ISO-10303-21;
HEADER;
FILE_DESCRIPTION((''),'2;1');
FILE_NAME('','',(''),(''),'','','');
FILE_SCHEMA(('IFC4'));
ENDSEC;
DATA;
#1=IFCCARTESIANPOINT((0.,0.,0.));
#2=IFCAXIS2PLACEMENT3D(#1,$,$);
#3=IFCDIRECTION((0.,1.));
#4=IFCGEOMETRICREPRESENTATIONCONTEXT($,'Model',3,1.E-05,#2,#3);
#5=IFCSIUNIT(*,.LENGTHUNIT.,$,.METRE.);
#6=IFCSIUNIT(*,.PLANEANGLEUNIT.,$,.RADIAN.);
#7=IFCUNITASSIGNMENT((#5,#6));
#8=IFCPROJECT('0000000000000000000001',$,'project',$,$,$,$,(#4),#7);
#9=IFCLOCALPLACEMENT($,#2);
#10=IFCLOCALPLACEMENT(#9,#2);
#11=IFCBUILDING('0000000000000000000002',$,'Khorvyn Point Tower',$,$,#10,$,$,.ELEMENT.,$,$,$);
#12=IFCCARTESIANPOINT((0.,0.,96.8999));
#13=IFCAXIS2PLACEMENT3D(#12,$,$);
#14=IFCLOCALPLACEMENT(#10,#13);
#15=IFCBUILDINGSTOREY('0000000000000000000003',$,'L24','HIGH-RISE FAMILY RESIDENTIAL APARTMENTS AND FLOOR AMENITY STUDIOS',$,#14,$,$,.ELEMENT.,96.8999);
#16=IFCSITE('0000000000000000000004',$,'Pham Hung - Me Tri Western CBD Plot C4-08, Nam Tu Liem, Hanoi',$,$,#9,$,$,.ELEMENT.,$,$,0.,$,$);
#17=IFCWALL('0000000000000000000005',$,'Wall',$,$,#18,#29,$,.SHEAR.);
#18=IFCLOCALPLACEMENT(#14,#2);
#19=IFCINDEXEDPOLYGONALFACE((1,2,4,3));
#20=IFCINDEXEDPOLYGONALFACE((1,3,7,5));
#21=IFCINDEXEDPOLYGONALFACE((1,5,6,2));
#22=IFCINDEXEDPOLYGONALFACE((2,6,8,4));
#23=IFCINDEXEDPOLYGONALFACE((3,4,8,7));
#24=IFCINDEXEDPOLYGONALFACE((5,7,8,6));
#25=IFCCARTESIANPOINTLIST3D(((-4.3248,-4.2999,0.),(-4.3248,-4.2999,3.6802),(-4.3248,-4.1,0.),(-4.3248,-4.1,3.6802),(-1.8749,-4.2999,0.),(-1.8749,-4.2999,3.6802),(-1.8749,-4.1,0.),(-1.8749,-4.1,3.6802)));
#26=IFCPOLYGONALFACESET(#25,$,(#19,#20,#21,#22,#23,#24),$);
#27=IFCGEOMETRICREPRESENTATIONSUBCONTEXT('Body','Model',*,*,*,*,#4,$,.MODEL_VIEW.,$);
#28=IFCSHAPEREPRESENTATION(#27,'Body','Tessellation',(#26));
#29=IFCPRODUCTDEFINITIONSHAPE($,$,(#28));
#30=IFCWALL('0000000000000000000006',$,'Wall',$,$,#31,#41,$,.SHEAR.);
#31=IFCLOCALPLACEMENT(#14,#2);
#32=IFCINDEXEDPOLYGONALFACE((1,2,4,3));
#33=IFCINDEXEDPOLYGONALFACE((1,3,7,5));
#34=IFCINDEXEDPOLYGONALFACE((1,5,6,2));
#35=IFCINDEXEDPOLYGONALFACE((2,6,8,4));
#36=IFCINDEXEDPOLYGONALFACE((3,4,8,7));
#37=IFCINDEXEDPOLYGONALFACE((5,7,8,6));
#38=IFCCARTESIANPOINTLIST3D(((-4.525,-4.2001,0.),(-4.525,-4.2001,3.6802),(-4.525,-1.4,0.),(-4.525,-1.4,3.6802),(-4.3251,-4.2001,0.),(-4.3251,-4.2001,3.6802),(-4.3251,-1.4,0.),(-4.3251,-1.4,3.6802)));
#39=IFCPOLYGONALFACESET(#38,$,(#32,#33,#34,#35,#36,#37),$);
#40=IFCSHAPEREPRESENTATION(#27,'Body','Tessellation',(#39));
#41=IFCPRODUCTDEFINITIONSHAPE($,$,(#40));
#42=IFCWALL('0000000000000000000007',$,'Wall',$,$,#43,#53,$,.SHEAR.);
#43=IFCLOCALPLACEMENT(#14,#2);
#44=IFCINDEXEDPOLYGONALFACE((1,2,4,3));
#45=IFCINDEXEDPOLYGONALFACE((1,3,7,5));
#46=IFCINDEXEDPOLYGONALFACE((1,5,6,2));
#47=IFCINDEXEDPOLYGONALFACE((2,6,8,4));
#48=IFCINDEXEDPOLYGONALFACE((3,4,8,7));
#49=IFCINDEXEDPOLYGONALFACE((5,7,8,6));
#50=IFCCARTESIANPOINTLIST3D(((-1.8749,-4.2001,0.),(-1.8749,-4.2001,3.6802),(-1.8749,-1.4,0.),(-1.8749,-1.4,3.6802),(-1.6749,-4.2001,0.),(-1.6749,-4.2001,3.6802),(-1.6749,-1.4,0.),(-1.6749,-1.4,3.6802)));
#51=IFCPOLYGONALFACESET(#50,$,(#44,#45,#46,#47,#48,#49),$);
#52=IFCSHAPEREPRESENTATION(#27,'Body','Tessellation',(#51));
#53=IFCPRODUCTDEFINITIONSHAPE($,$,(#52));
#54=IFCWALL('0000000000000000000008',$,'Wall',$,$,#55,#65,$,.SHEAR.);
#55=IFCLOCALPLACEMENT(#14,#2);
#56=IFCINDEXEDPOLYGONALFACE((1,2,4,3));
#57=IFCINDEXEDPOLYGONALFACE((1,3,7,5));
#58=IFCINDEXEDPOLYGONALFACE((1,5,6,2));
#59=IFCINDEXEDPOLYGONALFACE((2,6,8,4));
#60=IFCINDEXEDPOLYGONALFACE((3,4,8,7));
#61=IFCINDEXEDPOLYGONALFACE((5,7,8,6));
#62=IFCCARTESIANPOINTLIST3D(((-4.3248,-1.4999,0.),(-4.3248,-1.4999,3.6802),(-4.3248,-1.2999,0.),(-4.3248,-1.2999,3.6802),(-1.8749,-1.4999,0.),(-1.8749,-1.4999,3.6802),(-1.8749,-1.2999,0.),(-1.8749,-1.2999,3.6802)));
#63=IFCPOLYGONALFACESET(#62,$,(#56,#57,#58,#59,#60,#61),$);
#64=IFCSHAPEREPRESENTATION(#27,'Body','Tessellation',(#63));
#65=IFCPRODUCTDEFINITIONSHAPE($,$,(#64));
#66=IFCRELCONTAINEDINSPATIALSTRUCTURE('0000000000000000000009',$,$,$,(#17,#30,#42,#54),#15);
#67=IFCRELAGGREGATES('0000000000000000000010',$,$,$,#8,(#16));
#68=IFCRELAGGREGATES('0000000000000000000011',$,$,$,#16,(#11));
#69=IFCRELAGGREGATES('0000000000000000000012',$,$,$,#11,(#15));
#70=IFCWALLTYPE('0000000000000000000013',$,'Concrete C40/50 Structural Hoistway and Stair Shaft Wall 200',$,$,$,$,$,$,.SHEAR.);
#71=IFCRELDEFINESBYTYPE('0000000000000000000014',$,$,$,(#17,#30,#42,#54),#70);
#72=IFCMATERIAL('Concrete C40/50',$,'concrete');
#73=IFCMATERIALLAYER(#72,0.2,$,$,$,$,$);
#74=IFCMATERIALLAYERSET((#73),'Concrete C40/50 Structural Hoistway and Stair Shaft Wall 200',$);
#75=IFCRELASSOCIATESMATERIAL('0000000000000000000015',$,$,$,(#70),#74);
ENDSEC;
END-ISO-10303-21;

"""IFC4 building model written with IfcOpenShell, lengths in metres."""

from ifc_helpers import new_model, si_unit, direction, frame, frame_2d, origin, place, context, subcontext, project, spatial, rectangle, extrude, material, layer, layer_set, type_object, element, save


model = new_model("IFC4")

# Units and contexts
model_context = context("Model", 3, precision=1e-05, world=origin(), true_north=direction((0.0, 1.0)))
body_context = subcontext(model_context, "Body", "Model", "MODEL_VIEW")
ifc_project = project(units=[si_unit("LENGTHUNIT", "METRE"), si_unit("PLANEANGLEUNIT", "RADIAN")], contexts=[model_context])

# Site, building, storey
site_placement = place(None, origin())
site = spatial("IfcSite", under=ifc_project, at=site_placement, Name="Pham Hung - Me Tri Western CBD Plot C4-08, Nam Tu Liem, Hanoi", CompositionType="ELEMENT", RefElevation=0.0)
building_placement = place(site_placement, origin())
building = spatial("IfcBuilding", under=site, at=building_placement, Name="Khorvyn Point Tower", CompositionType="ELEMENT")
storey_placement = place(building_placement, frame((0.0, 0.0, 96.8999)))
storey = spatial("IfcBuildingStorey", under=building, at=storey_placement, Name="L24", Description="HIGH-RISE FAMILY RESIDENTIAL APARTMENTS AND FLOOR AMENITY STUDIOS", CompositionType="ELEMENT", Elevation=96.8999)

# Shared definitions
ifc_material_1 = material(Name="Concrete C40/50", Category="concrete")

# Shared definitions
ifc_layer_1 = layer(ifc_material_1, 0.2)
ifc_layer_set_1 = layer_set([ifc_layer_1], Name="Concrete C40/50 Structural Hoistway and Stair Shaft Wall 200")
wall_type_1 = type_object("IfcWallType", Name="Concrete C40/50 Structural Hoistway and Stair Shaft Wall 200", PredefinedType="SHEAR", material=ifc_layer_set_1)

# Walls
for number, where, z_axis, x_axis, name in (
    (1, (-4.325, -4.2, 0.0), (0.0, 0.0, 1.0), (1.0, 0.0, 0.0), "Wall"),
):
    element("IfcWall", number, at=place(storey_placement, frame(where, z_axis=z_axis, x_axis=x_axis)), inside=storey, type_object=wall_type_1, Name=name, PredefinedType="SHEAR", context=body_context, shape_type="SweptSolid", body=[
        extrude(rectangle(XDim=2.45, YDim=0.2, at=frame_2d((1.2251, 0.0))), origin(), (0.0, 0.0, 1.0), 3.6802),
    ])
for number, where, z_axis, x_axis, name in (
    (2, (-4.425, -4.2, 0.0), (0.0, 0.0, 1.0), (0.0, 1.0, 0.0), "Wall"),
    (3, (-1.7749, -4.2, 0.0), (0.0, 0.0, 1.0), (0.0, 1.0, 0.0), "Wall"),
):
    element("IfcWall", number, at=place(storey_placement, frame(where, z_axis=z_axis, x_axis=x_axis)), inside=storey, type_object=wall_type_1, Name=name, PredefinedType="SHEAR", context=body_context, shape_type="SweptSolid", body=[
        extrude(rectangle(XDim=2.8, YDim=0.2, at=frame_2d((1.3999, 0.0))), origin(), (0.0, 0.0, 1.0), 3.6802),
    ])
wall_1_placement = place(storey_placement, frame((-4.325, -1.3999, 0.0), z_axis=(0.0, 0.0, 1.0), x_axis=(1.0, 0.0, 0.0)))
element("IfcWall", 4, at=wall_1_placement, inside=storey, type_object=wall_type_1, Name="Wall", PredefinedType="SHEAR", context=body_context, shape_type="SweptSolid", body=[
    extrude(rectangle(XDim=2.45, YDim=0.2, at=frame_2d((1.2251, 0.0))), origin(), (0.0, 0.0, 1.0), 3.6802),
])

save(model, "model.ifc")
